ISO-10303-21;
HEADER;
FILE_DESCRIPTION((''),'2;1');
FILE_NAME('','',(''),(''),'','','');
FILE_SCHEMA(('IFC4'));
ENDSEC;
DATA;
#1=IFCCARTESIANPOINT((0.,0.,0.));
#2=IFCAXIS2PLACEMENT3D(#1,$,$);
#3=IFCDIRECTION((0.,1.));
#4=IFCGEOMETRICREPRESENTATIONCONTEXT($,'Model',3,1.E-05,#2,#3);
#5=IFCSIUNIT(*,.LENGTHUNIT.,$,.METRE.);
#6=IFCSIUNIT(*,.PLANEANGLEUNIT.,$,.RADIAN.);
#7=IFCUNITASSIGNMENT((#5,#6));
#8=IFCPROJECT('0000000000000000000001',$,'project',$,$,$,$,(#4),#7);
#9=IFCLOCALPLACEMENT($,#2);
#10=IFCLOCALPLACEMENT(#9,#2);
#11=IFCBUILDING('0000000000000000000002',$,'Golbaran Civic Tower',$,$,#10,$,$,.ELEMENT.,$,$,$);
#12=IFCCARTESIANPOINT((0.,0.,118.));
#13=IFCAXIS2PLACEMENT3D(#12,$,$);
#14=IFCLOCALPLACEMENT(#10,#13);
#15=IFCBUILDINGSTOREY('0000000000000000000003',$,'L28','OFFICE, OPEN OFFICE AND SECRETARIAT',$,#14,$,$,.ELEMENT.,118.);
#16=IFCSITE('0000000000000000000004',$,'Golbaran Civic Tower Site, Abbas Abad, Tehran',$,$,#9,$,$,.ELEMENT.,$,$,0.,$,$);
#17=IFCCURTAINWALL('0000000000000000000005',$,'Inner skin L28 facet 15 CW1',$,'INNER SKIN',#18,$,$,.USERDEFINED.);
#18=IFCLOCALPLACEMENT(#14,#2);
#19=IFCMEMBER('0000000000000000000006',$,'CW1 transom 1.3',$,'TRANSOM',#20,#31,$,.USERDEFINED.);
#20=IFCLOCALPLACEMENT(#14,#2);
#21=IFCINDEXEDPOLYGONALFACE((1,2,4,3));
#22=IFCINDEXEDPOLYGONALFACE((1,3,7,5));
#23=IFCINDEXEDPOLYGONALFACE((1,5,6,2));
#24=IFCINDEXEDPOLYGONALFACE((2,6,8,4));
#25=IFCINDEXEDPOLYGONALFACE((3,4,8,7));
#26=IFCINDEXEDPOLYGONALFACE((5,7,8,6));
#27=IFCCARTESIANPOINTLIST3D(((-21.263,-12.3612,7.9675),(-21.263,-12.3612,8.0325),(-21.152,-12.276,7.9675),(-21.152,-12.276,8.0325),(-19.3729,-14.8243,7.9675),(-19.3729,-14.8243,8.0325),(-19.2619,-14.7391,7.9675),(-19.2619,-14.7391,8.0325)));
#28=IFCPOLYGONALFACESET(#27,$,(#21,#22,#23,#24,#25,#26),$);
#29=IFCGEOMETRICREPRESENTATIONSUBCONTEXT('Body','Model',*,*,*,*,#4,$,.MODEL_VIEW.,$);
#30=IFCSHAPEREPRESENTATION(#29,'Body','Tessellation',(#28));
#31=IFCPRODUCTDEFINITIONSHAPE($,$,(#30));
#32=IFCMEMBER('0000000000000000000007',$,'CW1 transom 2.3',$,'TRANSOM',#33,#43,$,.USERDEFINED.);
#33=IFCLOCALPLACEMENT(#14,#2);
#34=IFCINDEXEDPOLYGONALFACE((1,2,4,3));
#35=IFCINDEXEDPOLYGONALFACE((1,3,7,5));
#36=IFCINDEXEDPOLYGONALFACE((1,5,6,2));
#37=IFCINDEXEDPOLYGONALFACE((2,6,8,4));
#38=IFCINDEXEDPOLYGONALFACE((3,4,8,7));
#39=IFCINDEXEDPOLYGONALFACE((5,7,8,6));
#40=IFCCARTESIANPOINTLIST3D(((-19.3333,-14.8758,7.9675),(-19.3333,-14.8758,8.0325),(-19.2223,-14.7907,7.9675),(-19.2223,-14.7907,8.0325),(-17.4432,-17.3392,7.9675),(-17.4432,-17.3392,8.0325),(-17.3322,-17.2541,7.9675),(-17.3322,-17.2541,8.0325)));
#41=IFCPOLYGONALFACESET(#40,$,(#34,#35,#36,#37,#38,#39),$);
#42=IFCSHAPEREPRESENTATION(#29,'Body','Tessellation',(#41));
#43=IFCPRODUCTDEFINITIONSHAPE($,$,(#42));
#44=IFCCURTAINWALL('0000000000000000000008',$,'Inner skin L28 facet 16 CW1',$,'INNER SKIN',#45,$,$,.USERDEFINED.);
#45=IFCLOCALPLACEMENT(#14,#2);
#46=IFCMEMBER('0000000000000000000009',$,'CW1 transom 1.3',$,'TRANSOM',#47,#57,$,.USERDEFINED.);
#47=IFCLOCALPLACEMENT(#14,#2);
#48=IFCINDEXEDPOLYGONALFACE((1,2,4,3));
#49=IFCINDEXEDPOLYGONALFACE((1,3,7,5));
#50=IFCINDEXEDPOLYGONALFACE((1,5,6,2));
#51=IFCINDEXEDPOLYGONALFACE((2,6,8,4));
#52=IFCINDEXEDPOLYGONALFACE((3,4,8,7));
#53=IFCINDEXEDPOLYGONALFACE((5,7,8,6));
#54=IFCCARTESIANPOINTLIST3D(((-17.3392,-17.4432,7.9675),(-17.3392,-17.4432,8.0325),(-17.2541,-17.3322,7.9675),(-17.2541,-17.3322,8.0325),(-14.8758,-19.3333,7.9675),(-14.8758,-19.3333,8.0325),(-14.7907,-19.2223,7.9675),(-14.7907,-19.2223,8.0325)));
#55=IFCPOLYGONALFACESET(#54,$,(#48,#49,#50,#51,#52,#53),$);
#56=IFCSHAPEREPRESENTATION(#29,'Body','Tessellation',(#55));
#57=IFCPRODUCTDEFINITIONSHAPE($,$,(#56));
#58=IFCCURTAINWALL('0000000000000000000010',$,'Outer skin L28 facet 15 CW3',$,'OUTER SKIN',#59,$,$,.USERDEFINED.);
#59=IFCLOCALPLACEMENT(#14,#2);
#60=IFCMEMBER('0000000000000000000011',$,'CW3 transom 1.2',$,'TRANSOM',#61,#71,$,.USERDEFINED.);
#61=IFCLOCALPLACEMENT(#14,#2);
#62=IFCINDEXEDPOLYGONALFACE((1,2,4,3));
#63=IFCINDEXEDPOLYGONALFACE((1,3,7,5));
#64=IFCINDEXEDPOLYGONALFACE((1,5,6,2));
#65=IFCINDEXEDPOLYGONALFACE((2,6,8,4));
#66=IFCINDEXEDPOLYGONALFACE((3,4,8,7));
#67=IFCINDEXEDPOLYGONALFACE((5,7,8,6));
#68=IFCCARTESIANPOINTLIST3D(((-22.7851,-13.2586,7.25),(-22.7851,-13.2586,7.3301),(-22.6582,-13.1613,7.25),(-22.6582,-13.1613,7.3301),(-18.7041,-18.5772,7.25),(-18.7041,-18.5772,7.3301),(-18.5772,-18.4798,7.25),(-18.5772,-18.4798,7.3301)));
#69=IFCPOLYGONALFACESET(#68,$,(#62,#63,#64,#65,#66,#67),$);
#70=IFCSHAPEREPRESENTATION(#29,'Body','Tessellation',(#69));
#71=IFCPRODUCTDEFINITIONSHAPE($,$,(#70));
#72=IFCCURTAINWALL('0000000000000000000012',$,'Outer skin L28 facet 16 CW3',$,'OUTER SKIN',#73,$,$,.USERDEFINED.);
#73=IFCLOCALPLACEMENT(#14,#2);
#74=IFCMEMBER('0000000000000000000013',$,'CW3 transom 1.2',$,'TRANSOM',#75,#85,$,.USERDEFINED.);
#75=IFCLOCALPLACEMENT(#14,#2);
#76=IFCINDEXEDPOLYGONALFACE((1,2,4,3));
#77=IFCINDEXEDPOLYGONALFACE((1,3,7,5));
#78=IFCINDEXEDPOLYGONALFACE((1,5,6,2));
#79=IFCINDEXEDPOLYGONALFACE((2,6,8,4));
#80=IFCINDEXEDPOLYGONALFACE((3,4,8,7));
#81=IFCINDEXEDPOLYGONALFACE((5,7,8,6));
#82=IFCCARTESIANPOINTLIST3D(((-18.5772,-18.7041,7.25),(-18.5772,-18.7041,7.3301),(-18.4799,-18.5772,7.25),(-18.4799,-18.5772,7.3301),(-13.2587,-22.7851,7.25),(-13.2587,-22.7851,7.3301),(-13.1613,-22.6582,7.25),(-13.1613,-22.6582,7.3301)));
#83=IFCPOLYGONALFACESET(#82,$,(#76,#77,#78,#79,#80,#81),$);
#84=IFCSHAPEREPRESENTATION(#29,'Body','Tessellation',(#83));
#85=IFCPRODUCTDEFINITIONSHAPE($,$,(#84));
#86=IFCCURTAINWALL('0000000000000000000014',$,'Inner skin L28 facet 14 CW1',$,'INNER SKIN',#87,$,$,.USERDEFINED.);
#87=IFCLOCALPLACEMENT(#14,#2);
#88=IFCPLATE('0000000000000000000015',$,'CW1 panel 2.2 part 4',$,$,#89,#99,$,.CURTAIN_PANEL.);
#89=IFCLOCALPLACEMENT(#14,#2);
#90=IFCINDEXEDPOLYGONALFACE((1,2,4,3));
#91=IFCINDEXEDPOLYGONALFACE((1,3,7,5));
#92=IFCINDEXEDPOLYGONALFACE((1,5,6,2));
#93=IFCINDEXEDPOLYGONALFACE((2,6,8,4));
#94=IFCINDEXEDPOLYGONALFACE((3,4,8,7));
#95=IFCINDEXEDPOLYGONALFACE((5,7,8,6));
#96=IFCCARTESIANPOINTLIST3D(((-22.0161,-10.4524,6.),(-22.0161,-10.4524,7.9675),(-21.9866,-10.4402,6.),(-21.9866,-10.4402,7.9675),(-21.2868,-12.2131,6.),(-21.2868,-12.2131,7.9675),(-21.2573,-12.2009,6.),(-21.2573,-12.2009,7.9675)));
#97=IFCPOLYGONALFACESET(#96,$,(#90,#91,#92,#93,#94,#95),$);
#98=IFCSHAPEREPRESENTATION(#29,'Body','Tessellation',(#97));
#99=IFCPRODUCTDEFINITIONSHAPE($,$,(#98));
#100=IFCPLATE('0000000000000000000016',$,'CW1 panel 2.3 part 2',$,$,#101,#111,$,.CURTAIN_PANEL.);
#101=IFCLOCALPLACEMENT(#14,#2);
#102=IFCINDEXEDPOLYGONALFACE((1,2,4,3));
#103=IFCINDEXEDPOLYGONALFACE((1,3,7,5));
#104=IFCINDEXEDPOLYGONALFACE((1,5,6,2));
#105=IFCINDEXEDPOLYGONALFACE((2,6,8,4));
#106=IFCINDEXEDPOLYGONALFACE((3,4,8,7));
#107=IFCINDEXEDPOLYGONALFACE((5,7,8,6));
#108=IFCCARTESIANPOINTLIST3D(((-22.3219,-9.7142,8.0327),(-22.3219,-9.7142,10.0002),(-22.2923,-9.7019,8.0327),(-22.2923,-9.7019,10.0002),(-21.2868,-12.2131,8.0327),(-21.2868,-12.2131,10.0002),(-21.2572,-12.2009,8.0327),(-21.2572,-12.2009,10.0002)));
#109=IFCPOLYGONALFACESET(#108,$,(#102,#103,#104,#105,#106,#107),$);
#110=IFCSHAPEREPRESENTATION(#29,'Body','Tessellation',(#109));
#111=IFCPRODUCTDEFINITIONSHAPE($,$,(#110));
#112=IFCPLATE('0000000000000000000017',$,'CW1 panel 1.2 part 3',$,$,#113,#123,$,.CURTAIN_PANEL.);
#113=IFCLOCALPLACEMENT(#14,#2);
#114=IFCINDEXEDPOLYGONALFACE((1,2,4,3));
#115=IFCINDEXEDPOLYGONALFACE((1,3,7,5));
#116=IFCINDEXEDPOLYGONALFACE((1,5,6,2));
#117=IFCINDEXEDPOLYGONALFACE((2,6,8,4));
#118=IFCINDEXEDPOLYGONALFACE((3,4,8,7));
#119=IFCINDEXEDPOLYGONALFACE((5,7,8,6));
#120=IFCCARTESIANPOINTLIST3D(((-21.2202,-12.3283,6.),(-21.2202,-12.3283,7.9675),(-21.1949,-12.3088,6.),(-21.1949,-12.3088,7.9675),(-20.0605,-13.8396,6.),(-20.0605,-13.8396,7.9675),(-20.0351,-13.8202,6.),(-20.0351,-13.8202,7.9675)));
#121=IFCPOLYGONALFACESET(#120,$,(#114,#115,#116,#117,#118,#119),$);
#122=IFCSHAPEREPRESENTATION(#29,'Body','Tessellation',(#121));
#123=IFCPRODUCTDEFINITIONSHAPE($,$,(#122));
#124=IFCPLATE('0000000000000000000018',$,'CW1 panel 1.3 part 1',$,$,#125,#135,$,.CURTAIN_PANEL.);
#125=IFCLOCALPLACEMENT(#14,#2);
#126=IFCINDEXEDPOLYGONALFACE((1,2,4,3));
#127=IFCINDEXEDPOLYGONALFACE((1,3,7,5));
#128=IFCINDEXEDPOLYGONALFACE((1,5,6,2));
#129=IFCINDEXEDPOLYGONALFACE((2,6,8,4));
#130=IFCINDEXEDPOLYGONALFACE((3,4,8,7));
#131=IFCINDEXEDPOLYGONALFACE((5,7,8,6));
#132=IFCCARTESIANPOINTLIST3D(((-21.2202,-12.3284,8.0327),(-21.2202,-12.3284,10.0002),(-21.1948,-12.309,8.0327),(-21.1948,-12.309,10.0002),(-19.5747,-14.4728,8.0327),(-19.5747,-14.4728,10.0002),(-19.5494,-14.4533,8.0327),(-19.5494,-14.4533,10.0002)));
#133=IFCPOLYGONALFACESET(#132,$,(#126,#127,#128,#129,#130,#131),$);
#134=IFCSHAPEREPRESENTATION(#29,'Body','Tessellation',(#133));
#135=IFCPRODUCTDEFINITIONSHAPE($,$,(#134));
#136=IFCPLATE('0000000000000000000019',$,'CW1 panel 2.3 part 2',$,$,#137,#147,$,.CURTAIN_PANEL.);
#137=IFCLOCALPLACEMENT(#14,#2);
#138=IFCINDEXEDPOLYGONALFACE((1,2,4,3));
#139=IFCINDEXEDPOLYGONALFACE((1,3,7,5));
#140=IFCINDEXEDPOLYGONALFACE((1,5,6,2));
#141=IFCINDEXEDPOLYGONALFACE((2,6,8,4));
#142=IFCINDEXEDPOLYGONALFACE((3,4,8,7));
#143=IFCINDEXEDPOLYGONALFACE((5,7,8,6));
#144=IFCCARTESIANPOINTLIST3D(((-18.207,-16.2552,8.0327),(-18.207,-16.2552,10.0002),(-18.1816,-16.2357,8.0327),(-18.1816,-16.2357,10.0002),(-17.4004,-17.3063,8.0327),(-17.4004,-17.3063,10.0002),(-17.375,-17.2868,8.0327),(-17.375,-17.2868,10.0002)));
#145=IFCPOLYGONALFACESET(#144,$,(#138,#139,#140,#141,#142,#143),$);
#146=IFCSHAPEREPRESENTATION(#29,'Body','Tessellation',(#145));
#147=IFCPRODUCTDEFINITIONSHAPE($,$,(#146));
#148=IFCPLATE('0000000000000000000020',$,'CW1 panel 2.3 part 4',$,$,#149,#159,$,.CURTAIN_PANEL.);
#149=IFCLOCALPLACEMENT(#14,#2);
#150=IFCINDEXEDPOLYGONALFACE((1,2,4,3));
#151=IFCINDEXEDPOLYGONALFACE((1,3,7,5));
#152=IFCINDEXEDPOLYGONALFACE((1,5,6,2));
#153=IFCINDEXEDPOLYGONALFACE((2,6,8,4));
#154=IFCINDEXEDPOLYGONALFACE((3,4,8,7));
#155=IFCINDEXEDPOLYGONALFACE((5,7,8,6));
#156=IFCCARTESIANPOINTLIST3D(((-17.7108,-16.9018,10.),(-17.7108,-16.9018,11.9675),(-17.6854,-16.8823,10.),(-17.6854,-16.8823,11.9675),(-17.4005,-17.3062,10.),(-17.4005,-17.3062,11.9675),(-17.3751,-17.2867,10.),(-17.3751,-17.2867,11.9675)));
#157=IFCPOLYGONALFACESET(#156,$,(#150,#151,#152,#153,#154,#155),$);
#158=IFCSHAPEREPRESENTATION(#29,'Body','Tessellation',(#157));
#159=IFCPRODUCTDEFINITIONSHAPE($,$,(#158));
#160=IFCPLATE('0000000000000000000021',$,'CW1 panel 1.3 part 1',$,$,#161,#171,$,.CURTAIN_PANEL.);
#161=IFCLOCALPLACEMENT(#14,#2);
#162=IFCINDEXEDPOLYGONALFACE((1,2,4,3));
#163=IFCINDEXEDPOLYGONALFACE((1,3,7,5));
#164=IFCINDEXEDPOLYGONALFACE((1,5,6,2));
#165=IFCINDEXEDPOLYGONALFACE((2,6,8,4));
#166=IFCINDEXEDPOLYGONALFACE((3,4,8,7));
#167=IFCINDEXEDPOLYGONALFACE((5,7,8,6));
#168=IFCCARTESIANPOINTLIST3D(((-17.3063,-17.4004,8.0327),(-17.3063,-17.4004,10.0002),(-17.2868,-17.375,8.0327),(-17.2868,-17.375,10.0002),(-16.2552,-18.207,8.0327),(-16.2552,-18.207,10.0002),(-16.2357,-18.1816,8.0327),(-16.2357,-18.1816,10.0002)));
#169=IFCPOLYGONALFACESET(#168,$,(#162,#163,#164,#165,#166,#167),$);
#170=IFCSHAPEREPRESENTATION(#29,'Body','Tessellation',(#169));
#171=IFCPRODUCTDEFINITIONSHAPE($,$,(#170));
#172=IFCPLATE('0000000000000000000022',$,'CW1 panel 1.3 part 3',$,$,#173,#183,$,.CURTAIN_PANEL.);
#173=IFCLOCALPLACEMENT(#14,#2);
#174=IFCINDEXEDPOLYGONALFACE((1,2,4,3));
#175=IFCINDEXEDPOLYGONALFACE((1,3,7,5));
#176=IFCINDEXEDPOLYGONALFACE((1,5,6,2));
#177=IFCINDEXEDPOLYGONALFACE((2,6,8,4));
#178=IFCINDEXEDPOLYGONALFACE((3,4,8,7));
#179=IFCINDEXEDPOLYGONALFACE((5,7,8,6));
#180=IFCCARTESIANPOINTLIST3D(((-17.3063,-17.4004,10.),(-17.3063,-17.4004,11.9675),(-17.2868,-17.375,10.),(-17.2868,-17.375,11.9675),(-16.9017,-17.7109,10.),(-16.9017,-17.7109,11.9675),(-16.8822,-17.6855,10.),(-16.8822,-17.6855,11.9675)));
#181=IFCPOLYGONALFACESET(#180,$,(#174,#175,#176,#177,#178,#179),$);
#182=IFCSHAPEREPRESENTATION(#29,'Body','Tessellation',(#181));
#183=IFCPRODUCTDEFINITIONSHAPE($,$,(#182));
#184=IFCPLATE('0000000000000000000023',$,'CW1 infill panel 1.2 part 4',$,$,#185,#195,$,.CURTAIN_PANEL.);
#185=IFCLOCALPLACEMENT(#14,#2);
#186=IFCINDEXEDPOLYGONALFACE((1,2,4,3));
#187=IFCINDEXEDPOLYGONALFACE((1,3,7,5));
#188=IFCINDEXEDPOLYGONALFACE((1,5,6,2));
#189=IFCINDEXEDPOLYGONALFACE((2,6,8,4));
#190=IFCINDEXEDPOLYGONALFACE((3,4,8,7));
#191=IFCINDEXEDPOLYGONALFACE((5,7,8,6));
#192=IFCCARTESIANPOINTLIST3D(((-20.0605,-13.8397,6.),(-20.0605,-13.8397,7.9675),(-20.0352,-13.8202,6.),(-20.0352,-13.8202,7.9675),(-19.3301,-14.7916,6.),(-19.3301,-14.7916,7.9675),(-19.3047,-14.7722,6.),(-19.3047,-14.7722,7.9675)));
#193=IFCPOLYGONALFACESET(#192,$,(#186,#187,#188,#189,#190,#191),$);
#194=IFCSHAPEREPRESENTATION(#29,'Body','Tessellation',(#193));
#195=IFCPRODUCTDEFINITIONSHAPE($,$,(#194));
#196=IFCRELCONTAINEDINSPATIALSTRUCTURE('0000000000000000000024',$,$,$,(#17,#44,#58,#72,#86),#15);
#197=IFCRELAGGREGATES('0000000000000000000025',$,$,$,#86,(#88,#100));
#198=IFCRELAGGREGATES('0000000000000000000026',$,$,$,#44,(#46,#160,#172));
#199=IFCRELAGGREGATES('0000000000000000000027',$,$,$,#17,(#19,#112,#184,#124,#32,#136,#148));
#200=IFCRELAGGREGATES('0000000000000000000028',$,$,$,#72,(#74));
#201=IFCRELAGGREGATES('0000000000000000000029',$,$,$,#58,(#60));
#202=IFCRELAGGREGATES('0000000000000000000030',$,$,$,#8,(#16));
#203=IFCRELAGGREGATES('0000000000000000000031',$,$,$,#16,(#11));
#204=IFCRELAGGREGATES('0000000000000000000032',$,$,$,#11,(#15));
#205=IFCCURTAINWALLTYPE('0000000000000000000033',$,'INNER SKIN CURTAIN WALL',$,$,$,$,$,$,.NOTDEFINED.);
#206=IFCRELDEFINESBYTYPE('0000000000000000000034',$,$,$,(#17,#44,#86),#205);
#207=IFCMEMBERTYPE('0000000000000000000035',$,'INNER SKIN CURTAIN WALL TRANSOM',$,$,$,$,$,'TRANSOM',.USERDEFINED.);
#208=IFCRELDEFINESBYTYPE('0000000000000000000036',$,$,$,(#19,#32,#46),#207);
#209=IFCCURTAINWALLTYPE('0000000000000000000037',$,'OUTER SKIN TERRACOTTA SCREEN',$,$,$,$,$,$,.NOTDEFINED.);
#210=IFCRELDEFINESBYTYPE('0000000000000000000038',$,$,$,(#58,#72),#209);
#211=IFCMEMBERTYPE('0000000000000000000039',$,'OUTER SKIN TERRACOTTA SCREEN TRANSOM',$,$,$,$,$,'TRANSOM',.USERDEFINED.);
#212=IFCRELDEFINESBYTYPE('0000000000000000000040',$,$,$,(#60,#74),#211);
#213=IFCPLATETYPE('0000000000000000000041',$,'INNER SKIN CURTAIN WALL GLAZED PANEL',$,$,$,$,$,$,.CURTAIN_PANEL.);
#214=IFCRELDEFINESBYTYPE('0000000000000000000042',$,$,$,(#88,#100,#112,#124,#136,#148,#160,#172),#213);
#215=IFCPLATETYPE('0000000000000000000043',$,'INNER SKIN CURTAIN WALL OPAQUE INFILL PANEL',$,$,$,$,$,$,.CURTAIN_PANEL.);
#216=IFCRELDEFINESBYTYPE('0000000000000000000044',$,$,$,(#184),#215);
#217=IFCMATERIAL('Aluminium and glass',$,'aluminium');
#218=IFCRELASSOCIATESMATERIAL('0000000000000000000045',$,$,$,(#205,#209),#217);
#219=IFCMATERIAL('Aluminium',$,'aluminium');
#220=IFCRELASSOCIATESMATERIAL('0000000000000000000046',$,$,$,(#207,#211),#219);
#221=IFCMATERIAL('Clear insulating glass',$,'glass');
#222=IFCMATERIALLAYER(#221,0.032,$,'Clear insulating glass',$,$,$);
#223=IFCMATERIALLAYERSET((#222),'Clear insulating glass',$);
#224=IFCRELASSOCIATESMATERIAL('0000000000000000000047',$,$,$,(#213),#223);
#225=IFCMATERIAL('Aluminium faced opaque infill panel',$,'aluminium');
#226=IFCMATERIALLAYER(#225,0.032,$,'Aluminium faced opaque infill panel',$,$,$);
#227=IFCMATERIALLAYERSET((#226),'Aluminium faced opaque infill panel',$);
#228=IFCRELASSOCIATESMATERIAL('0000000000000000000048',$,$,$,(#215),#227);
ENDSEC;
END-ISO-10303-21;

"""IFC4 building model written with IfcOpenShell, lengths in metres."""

from ifc_helpers import new_model, si_unit, direction, frame, origin, origin_2d, place, context, subcontext, project, spatial, rectangle, extrude, material, layer, layer_set, material_profile, profile_set, type_object, element, aggregate, save


model = new_model("IFC4")

# Units and contexts
model_context = context("Model", 3, precision=1e-05, world=origin(), true_north=direction((0.0, 1.0)))
body_context = subcontext(model_context, "Body", "Model", "MODEL_VIEW")
ifc_project = project(units=[si_unit("LENGTHUNIT", "METRE"), si_unit("PLANEANGLEUNIT", "RADIAN")], contexts=[model_context])

# Site, building, storey
site_placement = place(None, origin())
site = spatial("IfcSite", under=ifc_project, at=site_placement, Name="Golbaran Civic Tower Site, Abbas Abad, Tehran", CompositionType="ELEMENT", RefElevation=0.0)
building_placement = place(site_placement, origin())
building = spatial("IfcBuilding", under=site, at=building_placement, Name="Golbaran Civic Tower", CompositionType="ELEMENT")
storey_placement = place(building_placement, frame((0.0, 0.0, 118.0)))
storey = spatial("IfcBuildingStorey", under=building, at=storey_placement, Name="L28", Description="OFFICE, OPEN OFFICE AND SECRETARIAT", CompositionType="ELEMENT", Elevation=118.0)

# Curtain wall, members
ifc_material_1 = material(Name="Aluminium and glass", Category="aluminium")
curtain_wall_type_1 = type_object("IfcCurtainWallType", Name="INNER SKIN CURTAIN WALL", PredefinedType="NOTDEFINED", material=ifc_material_1)
curtain_wall_1_placement = place(storey_placement, origin())
curtain_wall_1 = element("IfcCurtainWall", 1, at=curtain_wall_1_placement, inside=storey, type_object=curtain_wall_type_1, Name="Inner skin L28 facet 15 CW1", ObjectType="INNER SKIN", PredefinedType="USERDEFINED")
ifc_material_2 = material(Name="Aluminium", Category="aluminium")
ifc_material_profile_1 = material_profile(ifc_material_2, rectangle(XDim=0.1399, YDim=0.0649, at=origin_2d()), Name="INNER SKIN CURTAIN WALL TRANSOM")
ifc_profile_set_1 = profile_set([ifc_material_profile_1], Name="Aluminium")
member_type_1 = type_object("IfcMemberType", Name="INNER SKIN CURTAIN WALL TRANSOM", ElementType="TRANSOM", PredefinedType="USERDEFINED", material=ifc_profile_set_1)
member_1_placement = place(storey_placement, frame((-21.2075, -12.3186, 8.0), z_axis=(0.608783, -0.793337, 0.0), x_axis=(0.793337, 0.608783, 0.0)))
member_1 = element("IfcMember", 2, at=member_1_placement, type_object=member_type_1, Name="CW1 transom 1.3", ObjectType="TRANSOM", PredefinedType="USERDEFINED", context=body_context, shape_type="SweptSolid", body=[
    extrude(rectangle(XDim=0.1399, YDim=0.0649, at=origin_2d()), origin(), (0.0, 0.0, 1.0), 3.1047),
])
member_2_placement = place(storey_placement, frame((-19.2778, -14.8333, 8.0), z_axis=(0.608745, -0.793366, 0.0), x_axis=(0.793366, 0.608745, 0.0)))
member_2 = element("IfcMember", 3, at=member_2_placement, type_object=member_type_1, Name="CW1 transom 2.3", ObjectType="TRANSOM", PredefinedType="USERDEFINED", context=body_context, shape_type="SweptSolid", body=[
    extrude(rectangle(XDim=0.1399, YDim=0.0649, at=origin_2d()), origin(), (0.0, 0.0, 1.0), 3.105),
])

# Curtain walls, members
curtain_wall_2_placement = place(storey_placement, origin())
curtain_wall_2 = element("IfcCurtainWall", 4, at=curtain_wall_2_placement, inside=storey, type_object=curtain_wall_type_1, Name="Inner skin L28 facet 16 CW1", ObjectType="INNER SKIN", PredefinedType="USERDEFINED")
member_3_placement = place(storey_placement, frame((-17.2966, -17.3877, 8.0), z_axis=(0.793366, -0.608745, 0.0), x_axis=(0.608745, 0.793366, 0.0)))
member_3 = element("IfcMember", 5, at=member_3_placement, type_object=member_type_1, Name="CW1 transom 1.3", ObjectType="TRANSOM", PredefinedType="USERDEFINED", context=body_context, shape_type="SweptSolid", body=[
    extrude(rectangle(XDim=0.1399, YDim=0.0649, at=origin_2d()), origin(), (0.0, 0.0, 1.0), 3.105),
])
curtain_wall_type_2 = type_object("IfcCurtainWallType", Name="OUTER SKIN TERRACOTTA SCREEN", PredefinedType="NOTDEFINED", material=ifc_material_1)
curtain_wall_3_placement = place(storey_placement, origin())
curtain_wall_3 = element("IfcCurtainWall", 6, at=curtain_wall_3_placement, inside=storey, type_object=curtain_wall_type_2, Name="Outer skin L28 facet 15 CW3", ObjectType="OUTER SKIN", PredefinedType="USERDEFINED")
ifc_material_profile_2 = material_profile(ifc_material_2, rectangle(XDim=0.1599, YDim=0.0801, at=origin_2d()), Name="OUTER SKIN TERRACOTTA SCREEN TRANSOM")
ifc_profile_set_2 = profile_set([ifc_material_profile_2], Name="Aluminium")
member_type_2 = type_object("IfcMemberType", Name="OUTER SKIN TERRACOTTA SCREEN TRANSOM", ElementType="TRANSOM", PredefinedType="USERDEFINED", material=ifc_profile_set_2)
member_4_placement = place(storey_placement, frame((-22.7217, -13.21, 7.29), z_axis=(0.608756, -0.793357, 0.0), x_axis=(0.793357, 0.608756, 0.0)))
member_4 = element("IfcMember", 7, at=member_4_placement, type_object=member_type_2, Name="CW3 transom 1.2", ObjectType="TRANSOM", PredefinedType="USERDEFINED", context=body_context, shape_type="SweptSolid", body=[
    extrude(rectangle(XDim=0.1599, YDim=0.0801, at=origin_2d()), origin(), (0.0, 0.0, 1.0), 6.7039),
])
curtain_wall_4_placement = place(storey_placement, origin())
curtain_wall_4 = element("IfcCurtainWall", 8, at=curtain_wall_4_placement, inside=storey, type_object=curtain_wall_type_2, Name="Outer skin L28 facet 16 CW3", ObjectType="OUTER SKIN", PredefinedType="USERDEFINED")
member_5_placement = place(storey_placement, frame((-18.5286, -18.6406, 7.29), z_axis=(0.793357, -0.608756, 0.0), x_axis=(0.608756, 0.793357, 0.0)))
member_5 = element("IfcMember", 9, at=member_5_placement, type_object=member_type_2, Name="CW3 transom 1.2", ObjectType="TRANSOM", PredefinedType="USERDEFINED", context=body_context, shape_type="SweptSolid", body=[
    extrude(rectangle(XDim=0.1599, YDim=0.0801, at=origin_2d()), origin(), (0.0, 0.0, 1.0), 6.7039),
])

# Curtain wall, plates
curtain_wall_5_placement = place(storey_placement, origin())
curtain_wall_5 = element("IfcCurtainWall", 10, at=curtain_wall_5_placement, inside=storey, type_object=curtain_wall_type_1, Name="Inner skin L28 facet 14 CW1", ObjectType="INNER SKIN", PredefinedType="USERDEFINED")
ifc_material_3 = material(Name="Clear insulating glass", Category="glass")
ifc_layer_1 = layer(ifc_material_3, 0.032, Name="Clear insulating glass")
ifc_layer_set_1 = layer_set([ifc_layer_1], Name="Clear insulating glass")
plate_type_1 = type_object("IfcPlateType", Name="INNER SKIN CURTAIN WALL GLAZED PANEL", PredefinedType="CURTAIN_PANEL", material=ifc_layer_set_1)
plate_1_placement = place(storey_placement, frame((-21.6367, -11.3267, 6.0), z_axis=(0.0, 0.0, 1.0), x_axis=(0.382683, -0.92388, 0.0)))
plate_1 = element("IfcPlate", 11, at=plate_1_placement, type_object=plate_type_1, Name="CW1 panel 2.2 part 4", PredefinedType="CURTAIN_PANEL", context=body_context, shape_type="SweptSolid", body=[
    extrude(rectangle(XDim=1.9058, YDim=0.032, at=origin_2d()), origin(), (0.0, 0.0, 1.0), 1.9675),
])
plate_2_placement = place(storey_placement, frame((-21.7896, -10.9575, 8.0327), z_axis=(0.0, 0.0, 1.0), x_axis=(0.382683, -0.92388, 0.0)))
plate_2 = element("IfcPlate", 12, at=plate_2_placement, type_object=plate_type_1, Name="CW1 panel 2.3 part 2", PredefinedType="CURTAIN_PANEL", context=body_context, shape_type="SweptSolid", body=[
    extrude(rectangle(XDim=2.7048, YDim=0.032, at=origin_2d()), origin(), (0.0, 0.0, 1.0), 1.9675),
])
aggregate(curtain_wall_5, [plate_1, plate_2])

# Plates
plate_3_placement = place(storey_placement, frame((-20.6277, -13.0742, 6.0), z_axis=(0.0, 0.0, 1.0), x_axis=(0.608761, -0.793353, 0.0)))
plate_3 = element("IfcPlate", 13, at=plate_3_placement, type_object=plate_type_1, Name="CW1 panel 1.2 part 3", PredefinedType="CURTAIN_PANEL", context=body_context, shape_type="SweptSolid", body=[
    extrude(rectangle(XDim=1.905, YDim=0.032, at=origin_2d()), origin(), (0.0, 0.0, 1.0), 1.9675),
])
plate_4_placement = place(storey_placement, frame((-20.3848, -13.3909, 8.0327), z_axis=(0.0, 0.0, 1.0), x_axis=(0.608761, -0.793353, 0.0)))
plate_4 = element("IfcPlate", 14, at=plate_4_placement, type_object=plate_type_1, Name="CW1 panel 1.3 part 1", PredefinedType="CURTAIN_PANEL", context=body_context, shape_type="SweptSolid", body=[
    extrude(rectangle(XDim=2.7029, YDim=0.032, at=origin_2d()), origin(), (0.0, 0.0, 1.0), 1.9675),
])
plate_5_placement = place(storey_placement, frame((-17.791, -16.771, 8.0327), z_axis=(0.0, 0.0, 1.0), x_axis=(0.608761, -0.793353, 0.0)))
plate_5 = element("IfcPlate", 15, at=plate_5_placement, type_object=plate_type_1, Name="CW1 panel 2.3 part 2", PredefinedType="CURTAIN_PANEL", context=body_context, shape_type="SweptSolid", body=[
    extrude(rectangle(XDim=1.325, YDim=0.032, at=origin_2d()), origin(), (0.0, 0.0, 1.0), 1.9675),
])
plate_6_placement = place(storey_placement, frame((-17.543, -17.0942, 10.0), z_axis=(0.0, 0.0, 1.0), x_axis=(0.608761, -0.793353, 0.0)))
plate_6 = element("IfcPlate", 16, at=plate_6_placement, type_object=plate_type_1, Name="CW1 panel 2.3 part 4", PredefinedType="CURTAIN_PANEL", context=body_context, shape_type="SweptSolid", body=[
    extrude(rectangle(XDim=0.5098, YDim=0.032, at=origin_2d()), origin(), (0.0, 0.0, 1.0), 1.9675),
])
plate_7_placement = place(storey_placement, frame((-16.771, -17.791, 8.0327), z_axis=(0.0, 0.0, 1.0), x_axis=(0.793353, -0.608761, 0.0)))
plate_7 = element("IfcPlate", 17, at=plate_7_placement, type_object=plate_type_1, Name="CW1 panel 1.3 part 1", PredefinedType="CURTAIN_PANEL", context=body_context, shape_type="SweptSolid", body=[
    extrude(rectangle(XDim=1.325, YDim=0.032, at=origin_2d()), origin(), (0.0, 0.0, 1.0), 1.9675),
])
plate_8_placement = place(storey_placement, frame((-17.0942, -17.543, 10.0), z_axis=(0.0, 0.0, 1.0), x_axis=(0.793353, -0.608761, 0.0)))
plate_8 = element("IfcPlate", 18, at=plate_8_placement, type_object=plate_type_1, Name="CW1 panel 1.3 part 3", PredefinedType="CURTAIN_PANEL", context=body_context, shape_type="SweptSolid", body=[
    extrude(rectangle(XDim=0.51, YDim=0.032, at=origin_2d()), origin(), (0.0, 0.0, 1.0), 1.9675),
])
aggregate(curtain_wall_2, [member_3, plate_7, plate_8])
ifc_material_4 = material(Name="Aluminium faced opaque infill panel", Category="aluminium")
ifc_layer_2 = layer(ifc_material_4, 0.032, Name="Aluminium faced opaque infill panel")
ifc_layer_set_2 = layer_set([ifc_layer_2], Name="Aluminium faced opaque infill panel")
plate_type_2 = type_object("IfcPlateType", Name="INNER SKIN CURTAIN WALL OPAQUE INFILL PANEL", PredefinedType="CURTAIN_PANEL", material=ifc_layer_set_2)
plate_9_placement = place(storey_placement, frame((-19.6826, -14.3059, 6.0), z_axis=(0.0, 0.0, 1.0), x_axis=(0.608761, -0.793353, 0.0)))
plate_9 = element("IfcPlate", 19, at=plate_9_placement, type_object=plate_type_2, Name="CW1 infill panel 1.2 part 4", PredefinedType="CURTAIN_PANEL", context=body_context, shape_type="SweptSolid", body=[
    extrude(rectangle(XDim=1.2, YDim=0.032, at=origin_2d()), origin(), (0.0, 0.0, 1.0), 1.9675),
])
aggregate(curtain_wall_1, [member_1, plate_3, plate_9, plate_4, member_2, plate_5, plate_6])

aggregate(curtain_wall_4, [member_5])
aggregate(curtain_wall_3, [member_4])

save(model, "model.ifc")
